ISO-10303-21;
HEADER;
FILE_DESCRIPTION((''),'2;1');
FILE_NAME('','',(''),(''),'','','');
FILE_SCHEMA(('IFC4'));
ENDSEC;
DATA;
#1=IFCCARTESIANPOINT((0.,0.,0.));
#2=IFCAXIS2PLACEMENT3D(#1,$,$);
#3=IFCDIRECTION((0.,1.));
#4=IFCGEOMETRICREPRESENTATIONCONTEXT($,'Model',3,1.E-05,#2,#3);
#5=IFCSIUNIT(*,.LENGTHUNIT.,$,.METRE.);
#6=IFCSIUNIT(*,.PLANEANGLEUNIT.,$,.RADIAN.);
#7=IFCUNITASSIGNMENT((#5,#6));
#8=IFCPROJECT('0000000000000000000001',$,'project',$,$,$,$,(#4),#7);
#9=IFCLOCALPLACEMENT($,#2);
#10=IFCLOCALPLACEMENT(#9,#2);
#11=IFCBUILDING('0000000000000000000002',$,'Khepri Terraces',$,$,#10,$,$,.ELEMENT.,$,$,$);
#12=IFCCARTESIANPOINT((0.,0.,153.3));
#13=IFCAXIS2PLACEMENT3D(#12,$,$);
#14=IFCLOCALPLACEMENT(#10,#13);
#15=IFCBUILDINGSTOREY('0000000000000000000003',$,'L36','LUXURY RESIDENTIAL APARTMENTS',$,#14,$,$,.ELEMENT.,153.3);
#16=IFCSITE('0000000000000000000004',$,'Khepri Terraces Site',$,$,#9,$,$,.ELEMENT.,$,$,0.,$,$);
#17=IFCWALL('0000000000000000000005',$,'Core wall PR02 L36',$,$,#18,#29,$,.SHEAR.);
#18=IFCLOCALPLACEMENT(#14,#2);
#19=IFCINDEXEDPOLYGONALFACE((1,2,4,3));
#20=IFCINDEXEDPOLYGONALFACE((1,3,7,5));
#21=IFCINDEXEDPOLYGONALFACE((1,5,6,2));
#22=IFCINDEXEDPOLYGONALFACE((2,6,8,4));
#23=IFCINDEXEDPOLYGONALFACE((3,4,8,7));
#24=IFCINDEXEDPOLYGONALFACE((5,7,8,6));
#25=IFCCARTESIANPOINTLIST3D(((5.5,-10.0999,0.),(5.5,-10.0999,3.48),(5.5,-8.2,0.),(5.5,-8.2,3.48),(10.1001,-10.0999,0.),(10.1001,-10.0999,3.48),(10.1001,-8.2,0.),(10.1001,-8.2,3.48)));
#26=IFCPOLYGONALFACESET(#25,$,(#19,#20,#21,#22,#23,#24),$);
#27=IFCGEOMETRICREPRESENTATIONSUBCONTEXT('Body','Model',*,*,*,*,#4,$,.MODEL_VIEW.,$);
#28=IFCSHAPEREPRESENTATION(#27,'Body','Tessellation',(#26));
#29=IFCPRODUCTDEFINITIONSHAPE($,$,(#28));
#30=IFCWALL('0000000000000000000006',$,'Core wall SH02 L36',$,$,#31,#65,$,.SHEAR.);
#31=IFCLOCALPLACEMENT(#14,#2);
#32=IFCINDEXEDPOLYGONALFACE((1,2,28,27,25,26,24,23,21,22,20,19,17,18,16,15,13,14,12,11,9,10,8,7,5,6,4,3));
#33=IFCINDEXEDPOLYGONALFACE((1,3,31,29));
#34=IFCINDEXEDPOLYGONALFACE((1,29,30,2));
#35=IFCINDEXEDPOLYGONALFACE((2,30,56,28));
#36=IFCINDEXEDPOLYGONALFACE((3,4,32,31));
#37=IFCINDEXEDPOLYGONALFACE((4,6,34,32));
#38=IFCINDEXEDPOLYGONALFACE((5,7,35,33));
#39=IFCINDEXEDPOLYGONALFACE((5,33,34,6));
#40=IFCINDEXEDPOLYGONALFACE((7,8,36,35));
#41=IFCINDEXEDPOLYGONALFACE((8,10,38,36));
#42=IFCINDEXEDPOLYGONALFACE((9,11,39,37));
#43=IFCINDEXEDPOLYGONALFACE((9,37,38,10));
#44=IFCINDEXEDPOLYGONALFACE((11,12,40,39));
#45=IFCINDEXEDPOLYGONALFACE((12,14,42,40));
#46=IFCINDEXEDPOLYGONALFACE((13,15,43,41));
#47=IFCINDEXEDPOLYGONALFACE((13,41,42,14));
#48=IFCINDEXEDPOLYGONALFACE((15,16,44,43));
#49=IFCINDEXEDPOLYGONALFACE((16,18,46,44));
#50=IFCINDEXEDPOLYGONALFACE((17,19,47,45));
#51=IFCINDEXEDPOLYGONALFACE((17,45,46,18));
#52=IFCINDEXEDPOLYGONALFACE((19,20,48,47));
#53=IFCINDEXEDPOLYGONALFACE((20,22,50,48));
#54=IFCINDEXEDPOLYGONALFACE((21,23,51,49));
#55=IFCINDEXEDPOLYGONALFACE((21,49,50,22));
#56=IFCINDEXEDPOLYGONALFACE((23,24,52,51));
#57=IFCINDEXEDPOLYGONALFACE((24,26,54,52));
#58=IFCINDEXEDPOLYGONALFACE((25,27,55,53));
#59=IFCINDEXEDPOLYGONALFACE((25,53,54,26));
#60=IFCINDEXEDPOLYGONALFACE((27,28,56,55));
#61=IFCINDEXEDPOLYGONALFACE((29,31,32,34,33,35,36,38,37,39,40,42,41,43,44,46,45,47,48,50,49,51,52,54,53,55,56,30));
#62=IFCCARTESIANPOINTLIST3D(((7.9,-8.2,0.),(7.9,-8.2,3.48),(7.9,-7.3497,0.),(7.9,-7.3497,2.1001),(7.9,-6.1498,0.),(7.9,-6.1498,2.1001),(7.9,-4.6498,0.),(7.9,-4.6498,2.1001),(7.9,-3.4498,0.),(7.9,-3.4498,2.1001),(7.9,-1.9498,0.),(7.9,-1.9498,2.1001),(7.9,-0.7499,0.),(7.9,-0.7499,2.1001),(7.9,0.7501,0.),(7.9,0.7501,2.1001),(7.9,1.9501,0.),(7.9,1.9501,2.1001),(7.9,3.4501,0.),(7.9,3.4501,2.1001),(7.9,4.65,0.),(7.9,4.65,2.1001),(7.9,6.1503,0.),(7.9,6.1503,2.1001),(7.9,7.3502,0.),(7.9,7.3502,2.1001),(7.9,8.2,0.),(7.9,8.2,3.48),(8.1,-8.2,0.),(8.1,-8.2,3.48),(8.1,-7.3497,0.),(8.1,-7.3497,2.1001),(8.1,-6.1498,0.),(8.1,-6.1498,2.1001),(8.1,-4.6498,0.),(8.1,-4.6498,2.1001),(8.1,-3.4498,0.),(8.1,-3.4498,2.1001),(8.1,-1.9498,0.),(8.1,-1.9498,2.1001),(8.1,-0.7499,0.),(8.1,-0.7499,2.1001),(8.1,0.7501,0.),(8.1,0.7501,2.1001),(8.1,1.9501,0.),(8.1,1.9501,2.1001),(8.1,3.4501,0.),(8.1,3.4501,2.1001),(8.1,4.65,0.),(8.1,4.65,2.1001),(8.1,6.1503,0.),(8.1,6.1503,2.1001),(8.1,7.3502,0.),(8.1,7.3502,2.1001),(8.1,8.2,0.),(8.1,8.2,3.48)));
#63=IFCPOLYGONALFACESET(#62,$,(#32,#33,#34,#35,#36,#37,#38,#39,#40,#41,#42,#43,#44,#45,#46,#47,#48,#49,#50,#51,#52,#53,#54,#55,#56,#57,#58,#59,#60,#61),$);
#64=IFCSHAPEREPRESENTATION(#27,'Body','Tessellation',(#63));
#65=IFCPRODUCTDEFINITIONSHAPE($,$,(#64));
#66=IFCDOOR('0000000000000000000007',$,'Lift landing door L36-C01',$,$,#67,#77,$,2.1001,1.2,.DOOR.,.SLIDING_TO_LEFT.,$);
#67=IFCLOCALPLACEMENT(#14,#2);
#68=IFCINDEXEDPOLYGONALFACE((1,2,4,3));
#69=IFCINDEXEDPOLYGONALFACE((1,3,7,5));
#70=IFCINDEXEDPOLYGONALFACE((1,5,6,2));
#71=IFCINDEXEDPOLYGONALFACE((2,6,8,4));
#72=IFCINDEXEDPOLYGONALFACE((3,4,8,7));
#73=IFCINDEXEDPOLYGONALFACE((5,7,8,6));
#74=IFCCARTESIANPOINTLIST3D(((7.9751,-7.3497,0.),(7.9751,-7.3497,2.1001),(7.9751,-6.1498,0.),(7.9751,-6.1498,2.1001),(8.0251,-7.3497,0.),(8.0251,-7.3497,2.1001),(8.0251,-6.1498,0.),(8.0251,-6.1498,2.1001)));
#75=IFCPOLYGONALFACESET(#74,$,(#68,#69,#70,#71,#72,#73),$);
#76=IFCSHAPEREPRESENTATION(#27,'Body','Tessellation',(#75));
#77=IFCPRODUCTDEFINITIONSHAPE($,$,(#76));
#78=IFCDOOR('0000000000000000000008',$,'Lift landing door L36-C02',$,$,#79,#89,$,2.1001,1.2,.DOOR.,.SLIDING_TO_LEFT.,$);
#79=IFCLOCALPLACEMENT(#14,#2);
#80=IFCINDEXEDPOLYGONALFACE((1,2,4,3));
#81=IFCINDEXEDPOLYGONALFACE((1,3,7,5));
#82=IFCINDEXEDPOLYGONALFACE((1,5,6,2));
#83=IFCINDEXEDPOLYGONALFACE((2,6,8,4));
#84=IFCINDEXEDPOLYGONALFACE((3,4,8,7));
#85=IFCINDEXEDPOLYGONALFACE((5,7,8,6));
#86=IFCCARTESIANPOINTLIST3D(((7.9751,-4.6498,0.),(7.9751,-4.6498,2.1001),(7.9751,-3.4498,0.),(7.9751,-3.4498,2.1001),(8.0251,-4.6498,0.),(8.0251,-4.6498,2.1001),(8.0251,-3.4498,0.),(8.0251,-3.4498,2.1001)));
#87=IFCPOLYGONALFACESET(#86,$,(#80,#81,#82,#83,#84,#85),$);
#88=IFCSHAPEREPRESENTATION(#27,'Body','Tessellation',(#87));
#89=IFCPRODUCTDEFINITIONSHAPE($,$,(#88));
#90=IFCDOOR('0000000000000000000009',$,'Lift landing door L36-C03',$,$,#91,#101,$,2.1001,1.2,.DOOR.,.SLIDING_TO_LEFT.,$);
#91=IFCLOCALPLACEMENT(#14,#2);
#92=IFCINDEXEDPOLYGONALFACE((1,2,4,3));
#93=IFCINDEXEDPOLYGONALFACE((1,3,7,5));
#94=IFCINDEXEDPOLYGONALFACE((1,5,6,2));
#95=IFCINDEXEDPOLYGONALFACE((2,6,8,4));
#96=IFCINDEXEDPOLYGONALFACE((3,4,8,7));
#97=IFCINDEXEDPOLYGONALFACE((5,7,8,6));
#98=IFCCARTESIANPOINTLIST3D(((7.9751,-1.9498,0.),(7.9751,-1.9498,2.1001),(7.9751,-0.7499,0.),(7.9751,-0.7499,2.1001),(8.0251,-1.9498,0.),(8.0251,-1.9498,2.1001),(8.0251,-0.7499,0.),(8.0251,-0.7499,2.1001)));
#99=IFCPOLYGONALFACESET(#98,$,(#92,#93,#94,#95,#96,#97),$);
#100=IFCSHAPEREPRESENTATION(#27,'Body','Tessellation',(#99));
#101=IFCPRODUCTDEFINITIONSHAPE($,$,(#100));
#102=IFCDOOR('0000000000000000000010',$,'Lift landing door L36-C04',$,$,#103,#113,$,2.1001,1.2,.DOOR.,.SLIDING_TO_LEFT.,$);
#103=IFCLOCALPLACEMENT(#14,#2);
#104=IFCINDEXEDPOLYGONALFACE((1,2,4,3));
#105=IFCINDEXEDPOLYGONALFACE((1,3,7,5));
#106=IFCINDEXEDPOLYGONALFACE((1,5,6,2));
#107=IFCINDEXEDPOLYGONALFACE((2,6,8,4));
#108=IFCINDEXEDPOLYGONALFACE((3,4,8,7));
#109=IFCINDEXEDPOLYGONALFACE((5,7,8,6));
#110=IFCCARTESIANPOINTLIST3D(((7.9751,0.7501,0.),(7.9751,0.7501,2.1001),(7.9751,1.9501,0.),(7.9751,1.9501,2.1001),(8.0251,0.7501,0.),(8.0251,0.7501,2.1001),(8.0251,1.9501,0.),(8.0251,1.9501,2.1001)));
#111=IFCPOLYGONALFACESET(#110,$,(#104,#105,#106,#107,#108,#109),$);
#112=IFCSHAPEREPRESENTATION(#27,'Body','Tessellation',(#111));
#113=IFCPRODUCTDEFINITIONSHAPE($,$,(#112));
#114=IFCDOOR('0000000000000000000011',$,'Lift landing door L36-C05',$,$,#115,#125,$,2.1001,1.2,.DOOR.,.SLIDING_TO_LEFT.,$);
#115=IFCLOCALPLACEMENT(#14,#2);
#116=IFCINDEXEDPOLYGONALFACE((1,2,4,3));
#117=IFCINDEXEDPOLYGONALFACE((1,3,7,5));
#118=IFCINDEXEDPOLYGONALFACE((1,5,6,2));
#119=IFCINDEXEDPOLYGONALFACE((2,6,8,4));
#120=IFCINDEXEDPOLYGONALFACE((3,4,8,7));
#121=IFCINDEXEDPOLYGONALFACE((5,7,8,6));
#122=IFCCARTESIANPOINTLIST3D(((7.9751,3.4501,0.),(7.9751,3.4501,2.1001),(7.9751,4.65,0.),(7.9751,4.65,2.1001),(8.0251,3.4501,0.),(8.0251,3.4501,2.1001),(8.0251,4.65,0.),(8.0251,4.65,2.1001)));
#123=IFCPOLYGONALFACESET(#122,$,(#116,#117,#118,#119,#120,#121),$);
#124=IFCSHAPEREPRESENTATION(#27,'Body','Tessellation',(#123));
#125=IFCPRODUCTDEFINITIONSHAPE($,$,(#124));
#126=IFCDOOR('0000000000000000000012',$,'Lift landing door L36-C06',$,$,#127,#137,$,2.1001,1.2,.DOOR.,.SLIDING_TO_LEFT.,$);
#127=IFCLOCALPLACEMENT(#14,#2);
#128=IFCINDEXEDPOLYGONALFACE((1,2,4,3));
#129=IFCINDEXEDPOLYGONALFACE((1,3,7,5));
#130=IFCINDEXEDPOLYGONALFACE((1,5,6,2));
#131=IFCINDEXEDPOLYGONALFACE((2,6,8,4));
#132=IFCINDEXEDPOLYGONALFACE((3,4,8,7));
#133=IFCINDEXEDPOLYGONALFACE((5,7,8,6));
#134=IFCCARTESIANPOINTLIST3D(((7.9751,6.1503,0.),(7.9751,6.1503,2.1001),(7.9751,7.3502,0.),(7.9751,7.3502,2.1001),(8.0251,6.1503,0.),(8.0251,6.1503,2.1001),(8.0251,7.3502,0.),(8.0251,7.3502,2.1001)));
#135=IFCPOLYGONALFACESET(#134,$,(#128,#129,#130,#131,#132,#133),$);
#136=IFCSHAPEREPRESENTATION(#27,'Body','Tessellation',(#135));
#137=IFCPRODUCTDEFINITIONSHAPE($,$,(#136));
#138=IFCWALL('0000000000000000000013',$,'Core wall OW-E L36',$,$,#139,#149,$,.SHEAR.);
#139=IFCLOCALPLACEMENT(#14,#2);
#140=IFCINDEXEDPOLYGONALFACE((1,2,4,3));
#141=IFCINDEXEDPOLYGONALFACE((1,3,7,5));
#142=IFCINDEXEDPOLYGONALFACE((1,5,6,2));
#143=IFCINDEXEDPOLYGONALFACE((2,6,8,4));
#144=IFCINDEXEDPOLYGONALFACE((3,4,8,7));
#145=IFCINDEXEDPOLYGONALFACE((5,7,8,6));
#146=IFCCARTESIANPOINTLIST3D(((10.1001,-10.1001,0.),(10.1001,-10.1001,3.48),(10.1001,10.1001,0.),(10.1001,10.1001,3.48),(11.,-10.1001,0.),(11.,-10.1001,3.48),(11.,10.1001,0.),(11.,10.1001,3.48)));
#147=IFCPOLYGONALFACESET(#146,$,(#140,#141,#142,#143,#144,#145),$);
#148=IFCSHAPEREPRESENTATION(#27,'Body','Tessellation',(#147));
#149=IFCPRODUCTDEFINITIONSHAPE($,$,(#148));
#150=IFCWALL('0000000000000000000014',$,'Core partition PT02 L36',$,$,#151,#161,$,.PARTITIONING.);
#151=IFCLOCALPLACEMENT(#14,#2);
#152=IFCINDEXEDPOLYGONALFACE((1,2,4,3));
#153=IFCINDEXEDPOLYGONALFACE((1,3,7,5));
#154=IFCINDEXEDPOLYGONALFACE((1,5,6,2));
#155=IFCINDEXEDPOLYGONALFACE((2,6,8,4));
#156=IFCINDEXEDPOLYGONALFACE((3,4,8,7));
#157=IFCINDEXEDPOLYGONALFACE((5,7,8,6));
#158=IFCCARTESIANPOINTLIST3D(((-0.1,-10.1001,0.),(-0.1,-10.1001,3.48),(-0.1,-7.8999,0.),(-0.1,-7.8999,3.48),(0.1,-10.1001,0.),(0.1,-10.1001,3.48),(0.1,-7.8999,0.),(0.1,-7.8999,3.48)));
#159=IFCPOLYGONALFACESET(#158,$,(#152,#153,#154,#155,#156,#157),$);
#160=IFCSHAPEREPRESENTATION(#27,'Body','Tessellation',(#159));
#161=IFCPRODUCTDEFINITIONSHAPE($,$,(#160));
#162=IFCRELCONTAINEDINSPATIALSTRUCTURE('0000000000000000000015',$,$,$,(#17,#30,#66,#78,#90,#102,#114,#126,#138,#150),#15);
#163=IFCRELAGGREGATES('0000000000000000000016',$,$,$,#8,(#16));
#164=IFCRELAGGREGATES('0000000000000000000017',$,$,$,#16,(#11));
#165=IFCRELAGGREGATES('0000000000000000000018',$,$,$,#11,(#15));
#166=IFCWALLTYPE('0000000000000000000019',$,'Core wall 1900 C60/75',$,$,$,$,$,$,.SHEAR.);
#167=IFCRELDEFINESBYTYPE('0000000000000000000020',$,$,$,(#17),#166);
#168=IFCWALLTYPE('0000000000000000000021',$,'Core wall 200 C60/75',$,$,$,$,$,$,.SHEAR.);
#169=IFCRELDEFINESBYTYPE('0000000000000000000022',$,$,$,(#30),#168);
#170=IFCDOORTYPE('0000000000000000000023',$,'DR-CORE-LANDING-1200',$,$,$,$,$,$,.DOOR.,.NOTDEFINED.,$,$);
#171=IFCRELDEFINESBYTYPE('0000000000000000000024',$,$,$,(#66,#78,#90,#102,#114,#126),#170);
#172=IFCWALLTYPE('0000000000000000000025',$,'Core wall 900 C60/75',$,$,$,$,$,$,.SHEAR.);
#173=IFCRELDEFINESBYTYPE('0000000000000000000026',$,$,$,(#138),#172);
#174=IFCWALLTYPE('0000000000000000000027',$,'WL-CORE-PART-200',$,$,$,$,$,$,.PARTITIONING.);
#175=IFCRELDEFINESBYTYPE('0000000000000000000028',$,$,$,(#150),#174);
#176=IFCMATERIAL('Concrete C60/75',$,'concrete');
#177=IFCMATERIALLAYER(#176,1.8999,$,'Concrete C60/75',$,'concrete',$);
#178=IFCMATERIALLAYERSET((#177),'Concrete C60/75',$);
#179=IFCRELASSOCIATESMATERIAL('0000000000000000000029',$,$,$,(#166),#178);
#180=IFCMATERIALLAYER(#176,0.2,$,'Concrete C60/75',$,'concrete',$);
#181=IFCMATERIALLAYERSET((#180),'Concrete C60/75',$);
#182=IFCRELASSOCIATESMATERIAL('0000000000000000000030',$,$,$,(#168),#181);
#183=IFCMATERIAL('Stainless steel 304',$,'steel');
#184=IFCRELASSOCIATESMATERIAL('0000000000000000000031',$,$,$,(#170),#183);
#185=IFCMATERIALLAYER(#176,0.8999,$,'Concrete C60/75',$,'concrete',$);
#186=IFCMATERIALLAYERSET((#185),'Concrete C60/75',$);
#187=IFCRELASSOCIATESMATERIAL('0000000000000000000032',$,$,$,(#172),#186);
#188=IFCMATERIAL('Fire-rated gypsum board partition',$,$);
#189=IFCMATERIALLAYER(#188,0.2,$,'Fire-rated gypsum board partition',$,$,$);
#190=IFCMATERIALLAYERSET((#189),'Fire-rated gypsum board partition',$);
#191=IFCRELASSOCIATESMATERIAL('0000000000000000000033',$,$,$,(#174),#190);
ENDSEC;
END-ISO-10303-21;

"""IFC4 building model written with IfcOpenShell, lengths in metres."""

from ifc_helpers import new_model, si_unit, direction, frame, frame_2d, origin, place, context, subcontext, project, spatial, rectangle, extrude, material, layer, layer_set, type_object, element, fill, save


model = new_model("IFC4")

# Units and contexts
model_context = context("Model", 3, precision=1e-05, world=origin(), true_north=direction((0.0, 1.0)))
body_context = subcontext(model_context, "Body", "Model", "MODEL_VIEW")
ifc_project = project(units=[si_unit("LENGTHUNIT", "METRE"), si_unit("PLANEANGLEUNIT", "RADIAN")], contexts=[model_context])

# Site, building, storey
site_placement = place(None, origin())
site = spatial("IfcSite", under=ifc_project, at=site_placement, Name="Khepri Terraces Site", CompositionType="ELEMENT", RefElevation=0.0)
building_placement = place(site_placement, origin())
building = spatial("IfcBuilding", under=site, at=building_placement, Name="Khepri Terraces", CompositionType="ELEMENT")
storey_placement = place(building_placement, frame((0.0, 0.0, 153.3)))
storey = spatial("IfcBuildingStorey", under=building, at=storey_placement, Name="L36", Description="LUXURY RESIDENTIAL APARTMENTS", CompositionType="ELEMENT", Elevation=153.3)

# Wall
ifc_material_1 = material(Name="Concrete C60/75", Category="concrete")
ifc_layer_1 = layer(ifc_material_1, 1.8999, Name="Concrete C60/75", Category="concrete")
ifc_layer_set_1 = layer_set([ifc_layer_1], Name="Concrete C60/75")
wall_type_1 = type_object("IfcWallType", Name="Core wall 1900 C60/75", PredefinedType="SHEAR", material=ifc_layer_set_1)
wall_1_placement = place(storey_placement, frame((5.5, -9.1499, 0.0), z_axis=(0.0, 0.0, 1.0), x_axis=(1.0, 0.0, 0.0)))
element("IfcWall", 1, at=wall_1_placement, inside=storey, type_object=wall_type_1, Name="Core wall PR02 L36", PredefinedType="SHEAR", context=body_context, shape_type="SweptSolid", body=[
    extrude(rectangle(XDim=4.6001, YDim=1.8999, at=frame_2d((2.3, 0.0))), origin(), (0.0, 0.0, 1.0), 3.48),
])

# Wall, openings, doors
ifc_layer_2 = layer(ifc_material_1, 0.2, Name="Concrete C60/75", Category="concrete")
ifc_layer_set_2 = layer_set([ifc_layer_2], Name="Concrete C60/75")
wall_type_2 = type_object("IfcWallType", Name="Core wall 200 C60/75", PredefinedType="SHEAR", material=ifc_layer_set_2)
wall_2_placement = place(storey_placement, frame((8.0, -8.2, 0.0), z_axis=(0.0, 0.0, 1.0), x_axis=(0.0, 1.0, 0.0)))
wall_2 = element("IfcWall", 2, at=wall_2_placement, inside=storey, type_object=wall_type_2, Name="Core wall SH02 L36", PredefinedType="SHEAR", context=body_context, shape_type="SweptSolid", body=[
    extrude(rectangle(XDim=16.3999, YDim=0.2, at=frame_2d((8.2, 0.0))), origin(), (0.0, 0.0, 1.0), 3.48),
])
opening_1_placement = place(wall_2_placement, frame((0.8501, 0.0, 0.0)))
opening_1 = element("IfcOpeningElement", 3, at=opening_1_placement, cuts=wall_2, PredefinedType="OPENING", context=body_context, shape_type="SweptSolid", body=[
    extrude(rectangle(XDim=1.2, YDim=2.1001, at=frame_2d((0.6001, 1.05))), frame((0.0, 0.1099, 0.0), z_axis=(0.0, -1.0, 0.0), x_axis=(1.0, 0.0, 0.0)), (0.0, 0.0, 1.0), 0.22),
])
opening_2_placement = place(wall_2_placement, frame((3.55, 0.0, 0.0)))
opening_2 = element("IfcOpeningElement", 4, at=opening_2_placement, cuts=wall_2, PredefinedType="OPENING", context=body_context, shape_type="SweptSolid", body=[
    extrude(rectangle(XDim=1.2, YDim=2.1001, at=frame_2d((0.6001, 1.05))), frame((0.0, 0.1099, 0.0), z_axis=(0.0, -1.0, 0.0), x_axis=(1.0, 0.0, 0.0)), (0.0, 0.0, 1.0), 0.22),
])
opening_3_placement = place(wall_2_placement, frame((6.25, 0.0, 0.0)))
opening_3 = element("IfcOpeningElement", 5, at=opening_3_placement, cuts=wall_2, PredefinedType="OPENING", context=body_context, shape_type="SweptSolid", body=[
    extrude(rectangle(XDim=1.2, YDim=2.1001, at=frame_2d((0.6001, 1.05))), frame((0.0, 0.1099, 0.0), z_axis=(0.0, -1.0, 0.0), x_axis=(1.0, 0.0, 0.0)), (0.0, 0.0, 1.0), 0.22),
])
opening_4_placement = place(wall_2_placement, frame((8.95, 0.0, 0.0)))
opening_4 = element("IfcOpeningElement", 6, at=opening_4_placement, cuts=wall_2, PredefinedType="OPENING", context=body_context, shape_type="SweptSolid", body=[
    extrude(rectangle(XDim=1.2, YDim=2.1001, at=frame_2d((0.6001, 1.05))), frame((0.0, 0.1099, 0.0), z_axis=(0.0, -1.0, 0.0), x_axis=(1.0, 0.0, 0.0)), (0.0, 0.0, 1.0), 0.22),
])
opening_5_placement = place(wall_2_placement, frame((11.6499, 0.0, 0.0)))
opening_5 = element("IfcOpeningElement", 7, at=opening_5_placement, cuts=wall_2, PredefinedType="OPENING", context=body_context, shape_type="SweptSolid", body=[
    extrude(rectangle(XDim=1.2, YDim=2.1001, at=frame_2d((0.6001, 1.05))), frame((0.0, 0.1099, 0.0), z_axis=(0.0, -1.0, 0.0), x_axis=(1.0, 0.0, 0.0)), (0.0, 0.0, 1.0), 0.22),
])
opening_6_placement = place(wall_2_placement, frame((14.3501, 0.0, 0.0)))
opening_6 = element("IfcOpeningElement", 8, at=opening_6_placement, cuts=wall_2, PredefinedType="OPENING", context=body_context, shape_type="SweptSolid", body=[
    extrude(rectangle(XDim=1.2, YDim=2.1001, at=frame_2d((0.6001, 1.05))), frame((0.0, 0.1099, 0.0), z_axis=(0.0, -1.0, 0.0), x_axis=(1.0, 0.0, 0.0)), (0.0, 0.0, 1.0), 0.22),
])
ifc_material_2 = material(Name="Stainless steel 304", Category="steel")
door_type_1 = type_object("IfcDoorType", Name="DR-CORE-LANDING-1200", OperationType="NOTDEFINED", PredefinedType="DOOR", material=ifc_material_2)
door_1_placement = place(opening_1_placement, origin())
door_1 = element("IfcDoor", 9, at=door_1_placement, inside=storey, type_object=door_type_1, Name="Lift landing door L36-C01", OperationType="SLIDING_TO_LEFT", OverallHeight=2.1001, OverallWidth=1.2, PredefinedType="DOOR", context=body_context, shape_type="SweptSolid", body=[
    extrude(rectangle(XDim=1.2, YDim=2.1001, at=frame_2d((0.6001, 1.05))), frame((0.0, 0.0249, 0.0), z_axis=(0.0, -1.0, 0.0), x_axis=(1.0, 0.0, 0.0)), (0.0, 0.0, 1.0), 0.05),
])
fill(opening_1, door_1)
door_2_placement = place(opening_2_placement, origin())
door_2 = element("IfcDoor", 10, at=door_2_placement, inside=storey, type_object=door_type_1, Name="Lift landing door L36-C02", OperationType="SLIDING_TO_LEFT", OverallHeight=2.1001, OverallWidth=1.2, PredefinedType="DOOR", context=body_context, shape_type="SweptSolid", body=[
    extrude(rectangle(XDim=1.2, YDim=2.1001, at=frame_2d((0.6001, 1.05))), frame((0.0, 0.0249, 0.0), z_axis=(0.0, -1.0, 0.0), x_axis=(1.0, 0.0, 0.0)), (0.0, 0.0, 1.0), 0.05),
])
fill(opening_2, door_2)
door_3_placement = place(opening_3_placement, origin())
door_3 = element("IfcDoor", 11, at=door_3_placement, inside=storey, type_object=door_type_1, Name="Lift landing door L36-C03", OperationType="SLIDING_TO_LEFT", OverallHeight=2.1001, OverallWidth=1.2, PredefinedType="DOOR", context=body_context, shape_type="SweptSolid", body=[
    extrude(rectangle(XDim=1.2, YDim=2.1001, at=frame_2d((0.6001, 1.05))), frame((0.0, 0.0249, 0.0), z_axis=(0.0, -1.0, 0.0), x_axis=(1.0, 0.0, 0.0)), (0.0, 0.0, 1.0), 0.05),
])
fill(opening_3, door_3)
door_4_placement = place(opening_4_placement, origin())
door_4 = element("IfcDoor", 12, at=door_4_placement, inside=storey, type_object=door_type_1, Name="Lift landing door L36-C04", OperationType="SLIDING_TO_LEFT", OverallHeight=2.1001, OverallWidth=1.2, PredefinedType="DOOR", context=body_context, shape_type="SweptSolid", body=[
    extrude(rectangle(XDim=1.2, YDim=2.1001, at=frame_2d((0.6001, 1.05))), frame((0.0, 0.0249, 0.0), z_axis=(0.0, -1.0, 0.0), x_axis=(1.0, 0.0, 0.0)), (0.0, 0.0, 1.0), 0.05),
])
fill(opening_4, door_4)
door_5_placement = place(opening_5_placement, origin())
door_5 = element("IfcDoor", 13, at=door_5_placement, inside=storey, type_object=door_type_1, Name="Lift landing door L36-C05", OperationType="SLIDING_TO_LEFT", OverallHeight=2.1001, OverallWidth=1.2, PredefinedType="DOOR", context=body_context, shape_type="SweptSolid", body=[
    extrude(rectangle(XDim=1.2, YDim=2.1001, at=frame_2d((0.6001, 1.05))), frame((0.0, 0.0249, 0.0), z_axis=(0.0, -1.0, 0.0), x_axis=(1.0, 0.0, 0.0)), (0.0, 0.0, 1.0), 0.05),
])
fill(opening_5, door_5)
door_6_placement = place(opening_6_placement, origin())
door_6 = element("IfcDoor", 14, at=door_6_placement, inside=storey, type_object=door_type_1, Name="Lift landing door L36-C06", OperationType="SLIDING_TO_LEFT", OverallHeight=2.1001, OverallWidth=1.2, PredefinedType="DOOR", context=body_context, shape_type="SweptSolid", body=[
    extrude(rectangle(XDim=1.2, YDim=2.1001, at=frame_2d((0.6001, 1.05))), frame((0.0, 0.0249, 0.0), z_axis=(0.0, -1.0, 0.0), x_axis=(1.0, 0.0, 0.0)), (0.0, 0.0, 1.0), 0.05),
])
fill(opening_6, door_6)

# Walls
ifc_layer_3 = layer(ifc_material_1, 0.8999, Name="Concrete C60/75", Category="concrete")
ifc_layer_set_3 = layer_set([ifc_layer_3], Name="Concrete C60/75")
wall_type_3 = type_object("IfcWallType", Name="Core wall 900 C60/75", PredefinedType="SHEAR", material=ifc_layer_set_3)
wall_3_placement = place(storey_placement, frame((10.55, -10.1001, 0.0), z_axis=(0.0, 0.0, 1.0), x_axis=(0.0, 1.0, 0.0)))
element("IfcWall", 15, at=wall_3_placement, inside=storey, type_object=wall_type_3, Name="Core wall OW-E L36", PredefinedType="SHEAR", context=body_context, shape_type="SweptSolid", body=[
    extrude(rectangle(XDim=20.2002, YDim=0.8999, at=frame_2d((10.1001, 0.0))), origin(), (0.0, 0.0, 1.0), 3.48),
])
ifc_material_3 = material(Name="Fire-rated gypsum board partition")
ifc_layer_4 = layer(ifc_material_3, 0.2, Name="Fire-rated gypsum board partition")
ifc_layer_set_4 = layer_set([ifc_layer_4], Name="Fire-rated gypsum board partition")
wall_type_4 = type_object("IfcWallType", Name="WL-CORE-PART-200", PredefinedType="PARTITIONING", material=ifc_layer_set_4)
wall_4_placement = place(storey_placement, frame((0.0, -10.1001, 0.0), z_axis=(0.0, 0.0, 1.0), x_axis=(0.0, 1.0, 0.0)))
element("IfcWall", 16, at=wall_4_placement, inside=storey, type_object=wall_type_4, Name="Core partition PT02 L36", PredefinedType="PARTITIONING", context=body_context, shape_type="SweptSolid", body=[
    extrude(rectangle(XDim=2.2002, YDim=0.2, at=frame_2d((1.1001, 0.0))), origin(), (0.0, 0.0, 1.0), 3.48),
])

save(model, "model.ifc")
